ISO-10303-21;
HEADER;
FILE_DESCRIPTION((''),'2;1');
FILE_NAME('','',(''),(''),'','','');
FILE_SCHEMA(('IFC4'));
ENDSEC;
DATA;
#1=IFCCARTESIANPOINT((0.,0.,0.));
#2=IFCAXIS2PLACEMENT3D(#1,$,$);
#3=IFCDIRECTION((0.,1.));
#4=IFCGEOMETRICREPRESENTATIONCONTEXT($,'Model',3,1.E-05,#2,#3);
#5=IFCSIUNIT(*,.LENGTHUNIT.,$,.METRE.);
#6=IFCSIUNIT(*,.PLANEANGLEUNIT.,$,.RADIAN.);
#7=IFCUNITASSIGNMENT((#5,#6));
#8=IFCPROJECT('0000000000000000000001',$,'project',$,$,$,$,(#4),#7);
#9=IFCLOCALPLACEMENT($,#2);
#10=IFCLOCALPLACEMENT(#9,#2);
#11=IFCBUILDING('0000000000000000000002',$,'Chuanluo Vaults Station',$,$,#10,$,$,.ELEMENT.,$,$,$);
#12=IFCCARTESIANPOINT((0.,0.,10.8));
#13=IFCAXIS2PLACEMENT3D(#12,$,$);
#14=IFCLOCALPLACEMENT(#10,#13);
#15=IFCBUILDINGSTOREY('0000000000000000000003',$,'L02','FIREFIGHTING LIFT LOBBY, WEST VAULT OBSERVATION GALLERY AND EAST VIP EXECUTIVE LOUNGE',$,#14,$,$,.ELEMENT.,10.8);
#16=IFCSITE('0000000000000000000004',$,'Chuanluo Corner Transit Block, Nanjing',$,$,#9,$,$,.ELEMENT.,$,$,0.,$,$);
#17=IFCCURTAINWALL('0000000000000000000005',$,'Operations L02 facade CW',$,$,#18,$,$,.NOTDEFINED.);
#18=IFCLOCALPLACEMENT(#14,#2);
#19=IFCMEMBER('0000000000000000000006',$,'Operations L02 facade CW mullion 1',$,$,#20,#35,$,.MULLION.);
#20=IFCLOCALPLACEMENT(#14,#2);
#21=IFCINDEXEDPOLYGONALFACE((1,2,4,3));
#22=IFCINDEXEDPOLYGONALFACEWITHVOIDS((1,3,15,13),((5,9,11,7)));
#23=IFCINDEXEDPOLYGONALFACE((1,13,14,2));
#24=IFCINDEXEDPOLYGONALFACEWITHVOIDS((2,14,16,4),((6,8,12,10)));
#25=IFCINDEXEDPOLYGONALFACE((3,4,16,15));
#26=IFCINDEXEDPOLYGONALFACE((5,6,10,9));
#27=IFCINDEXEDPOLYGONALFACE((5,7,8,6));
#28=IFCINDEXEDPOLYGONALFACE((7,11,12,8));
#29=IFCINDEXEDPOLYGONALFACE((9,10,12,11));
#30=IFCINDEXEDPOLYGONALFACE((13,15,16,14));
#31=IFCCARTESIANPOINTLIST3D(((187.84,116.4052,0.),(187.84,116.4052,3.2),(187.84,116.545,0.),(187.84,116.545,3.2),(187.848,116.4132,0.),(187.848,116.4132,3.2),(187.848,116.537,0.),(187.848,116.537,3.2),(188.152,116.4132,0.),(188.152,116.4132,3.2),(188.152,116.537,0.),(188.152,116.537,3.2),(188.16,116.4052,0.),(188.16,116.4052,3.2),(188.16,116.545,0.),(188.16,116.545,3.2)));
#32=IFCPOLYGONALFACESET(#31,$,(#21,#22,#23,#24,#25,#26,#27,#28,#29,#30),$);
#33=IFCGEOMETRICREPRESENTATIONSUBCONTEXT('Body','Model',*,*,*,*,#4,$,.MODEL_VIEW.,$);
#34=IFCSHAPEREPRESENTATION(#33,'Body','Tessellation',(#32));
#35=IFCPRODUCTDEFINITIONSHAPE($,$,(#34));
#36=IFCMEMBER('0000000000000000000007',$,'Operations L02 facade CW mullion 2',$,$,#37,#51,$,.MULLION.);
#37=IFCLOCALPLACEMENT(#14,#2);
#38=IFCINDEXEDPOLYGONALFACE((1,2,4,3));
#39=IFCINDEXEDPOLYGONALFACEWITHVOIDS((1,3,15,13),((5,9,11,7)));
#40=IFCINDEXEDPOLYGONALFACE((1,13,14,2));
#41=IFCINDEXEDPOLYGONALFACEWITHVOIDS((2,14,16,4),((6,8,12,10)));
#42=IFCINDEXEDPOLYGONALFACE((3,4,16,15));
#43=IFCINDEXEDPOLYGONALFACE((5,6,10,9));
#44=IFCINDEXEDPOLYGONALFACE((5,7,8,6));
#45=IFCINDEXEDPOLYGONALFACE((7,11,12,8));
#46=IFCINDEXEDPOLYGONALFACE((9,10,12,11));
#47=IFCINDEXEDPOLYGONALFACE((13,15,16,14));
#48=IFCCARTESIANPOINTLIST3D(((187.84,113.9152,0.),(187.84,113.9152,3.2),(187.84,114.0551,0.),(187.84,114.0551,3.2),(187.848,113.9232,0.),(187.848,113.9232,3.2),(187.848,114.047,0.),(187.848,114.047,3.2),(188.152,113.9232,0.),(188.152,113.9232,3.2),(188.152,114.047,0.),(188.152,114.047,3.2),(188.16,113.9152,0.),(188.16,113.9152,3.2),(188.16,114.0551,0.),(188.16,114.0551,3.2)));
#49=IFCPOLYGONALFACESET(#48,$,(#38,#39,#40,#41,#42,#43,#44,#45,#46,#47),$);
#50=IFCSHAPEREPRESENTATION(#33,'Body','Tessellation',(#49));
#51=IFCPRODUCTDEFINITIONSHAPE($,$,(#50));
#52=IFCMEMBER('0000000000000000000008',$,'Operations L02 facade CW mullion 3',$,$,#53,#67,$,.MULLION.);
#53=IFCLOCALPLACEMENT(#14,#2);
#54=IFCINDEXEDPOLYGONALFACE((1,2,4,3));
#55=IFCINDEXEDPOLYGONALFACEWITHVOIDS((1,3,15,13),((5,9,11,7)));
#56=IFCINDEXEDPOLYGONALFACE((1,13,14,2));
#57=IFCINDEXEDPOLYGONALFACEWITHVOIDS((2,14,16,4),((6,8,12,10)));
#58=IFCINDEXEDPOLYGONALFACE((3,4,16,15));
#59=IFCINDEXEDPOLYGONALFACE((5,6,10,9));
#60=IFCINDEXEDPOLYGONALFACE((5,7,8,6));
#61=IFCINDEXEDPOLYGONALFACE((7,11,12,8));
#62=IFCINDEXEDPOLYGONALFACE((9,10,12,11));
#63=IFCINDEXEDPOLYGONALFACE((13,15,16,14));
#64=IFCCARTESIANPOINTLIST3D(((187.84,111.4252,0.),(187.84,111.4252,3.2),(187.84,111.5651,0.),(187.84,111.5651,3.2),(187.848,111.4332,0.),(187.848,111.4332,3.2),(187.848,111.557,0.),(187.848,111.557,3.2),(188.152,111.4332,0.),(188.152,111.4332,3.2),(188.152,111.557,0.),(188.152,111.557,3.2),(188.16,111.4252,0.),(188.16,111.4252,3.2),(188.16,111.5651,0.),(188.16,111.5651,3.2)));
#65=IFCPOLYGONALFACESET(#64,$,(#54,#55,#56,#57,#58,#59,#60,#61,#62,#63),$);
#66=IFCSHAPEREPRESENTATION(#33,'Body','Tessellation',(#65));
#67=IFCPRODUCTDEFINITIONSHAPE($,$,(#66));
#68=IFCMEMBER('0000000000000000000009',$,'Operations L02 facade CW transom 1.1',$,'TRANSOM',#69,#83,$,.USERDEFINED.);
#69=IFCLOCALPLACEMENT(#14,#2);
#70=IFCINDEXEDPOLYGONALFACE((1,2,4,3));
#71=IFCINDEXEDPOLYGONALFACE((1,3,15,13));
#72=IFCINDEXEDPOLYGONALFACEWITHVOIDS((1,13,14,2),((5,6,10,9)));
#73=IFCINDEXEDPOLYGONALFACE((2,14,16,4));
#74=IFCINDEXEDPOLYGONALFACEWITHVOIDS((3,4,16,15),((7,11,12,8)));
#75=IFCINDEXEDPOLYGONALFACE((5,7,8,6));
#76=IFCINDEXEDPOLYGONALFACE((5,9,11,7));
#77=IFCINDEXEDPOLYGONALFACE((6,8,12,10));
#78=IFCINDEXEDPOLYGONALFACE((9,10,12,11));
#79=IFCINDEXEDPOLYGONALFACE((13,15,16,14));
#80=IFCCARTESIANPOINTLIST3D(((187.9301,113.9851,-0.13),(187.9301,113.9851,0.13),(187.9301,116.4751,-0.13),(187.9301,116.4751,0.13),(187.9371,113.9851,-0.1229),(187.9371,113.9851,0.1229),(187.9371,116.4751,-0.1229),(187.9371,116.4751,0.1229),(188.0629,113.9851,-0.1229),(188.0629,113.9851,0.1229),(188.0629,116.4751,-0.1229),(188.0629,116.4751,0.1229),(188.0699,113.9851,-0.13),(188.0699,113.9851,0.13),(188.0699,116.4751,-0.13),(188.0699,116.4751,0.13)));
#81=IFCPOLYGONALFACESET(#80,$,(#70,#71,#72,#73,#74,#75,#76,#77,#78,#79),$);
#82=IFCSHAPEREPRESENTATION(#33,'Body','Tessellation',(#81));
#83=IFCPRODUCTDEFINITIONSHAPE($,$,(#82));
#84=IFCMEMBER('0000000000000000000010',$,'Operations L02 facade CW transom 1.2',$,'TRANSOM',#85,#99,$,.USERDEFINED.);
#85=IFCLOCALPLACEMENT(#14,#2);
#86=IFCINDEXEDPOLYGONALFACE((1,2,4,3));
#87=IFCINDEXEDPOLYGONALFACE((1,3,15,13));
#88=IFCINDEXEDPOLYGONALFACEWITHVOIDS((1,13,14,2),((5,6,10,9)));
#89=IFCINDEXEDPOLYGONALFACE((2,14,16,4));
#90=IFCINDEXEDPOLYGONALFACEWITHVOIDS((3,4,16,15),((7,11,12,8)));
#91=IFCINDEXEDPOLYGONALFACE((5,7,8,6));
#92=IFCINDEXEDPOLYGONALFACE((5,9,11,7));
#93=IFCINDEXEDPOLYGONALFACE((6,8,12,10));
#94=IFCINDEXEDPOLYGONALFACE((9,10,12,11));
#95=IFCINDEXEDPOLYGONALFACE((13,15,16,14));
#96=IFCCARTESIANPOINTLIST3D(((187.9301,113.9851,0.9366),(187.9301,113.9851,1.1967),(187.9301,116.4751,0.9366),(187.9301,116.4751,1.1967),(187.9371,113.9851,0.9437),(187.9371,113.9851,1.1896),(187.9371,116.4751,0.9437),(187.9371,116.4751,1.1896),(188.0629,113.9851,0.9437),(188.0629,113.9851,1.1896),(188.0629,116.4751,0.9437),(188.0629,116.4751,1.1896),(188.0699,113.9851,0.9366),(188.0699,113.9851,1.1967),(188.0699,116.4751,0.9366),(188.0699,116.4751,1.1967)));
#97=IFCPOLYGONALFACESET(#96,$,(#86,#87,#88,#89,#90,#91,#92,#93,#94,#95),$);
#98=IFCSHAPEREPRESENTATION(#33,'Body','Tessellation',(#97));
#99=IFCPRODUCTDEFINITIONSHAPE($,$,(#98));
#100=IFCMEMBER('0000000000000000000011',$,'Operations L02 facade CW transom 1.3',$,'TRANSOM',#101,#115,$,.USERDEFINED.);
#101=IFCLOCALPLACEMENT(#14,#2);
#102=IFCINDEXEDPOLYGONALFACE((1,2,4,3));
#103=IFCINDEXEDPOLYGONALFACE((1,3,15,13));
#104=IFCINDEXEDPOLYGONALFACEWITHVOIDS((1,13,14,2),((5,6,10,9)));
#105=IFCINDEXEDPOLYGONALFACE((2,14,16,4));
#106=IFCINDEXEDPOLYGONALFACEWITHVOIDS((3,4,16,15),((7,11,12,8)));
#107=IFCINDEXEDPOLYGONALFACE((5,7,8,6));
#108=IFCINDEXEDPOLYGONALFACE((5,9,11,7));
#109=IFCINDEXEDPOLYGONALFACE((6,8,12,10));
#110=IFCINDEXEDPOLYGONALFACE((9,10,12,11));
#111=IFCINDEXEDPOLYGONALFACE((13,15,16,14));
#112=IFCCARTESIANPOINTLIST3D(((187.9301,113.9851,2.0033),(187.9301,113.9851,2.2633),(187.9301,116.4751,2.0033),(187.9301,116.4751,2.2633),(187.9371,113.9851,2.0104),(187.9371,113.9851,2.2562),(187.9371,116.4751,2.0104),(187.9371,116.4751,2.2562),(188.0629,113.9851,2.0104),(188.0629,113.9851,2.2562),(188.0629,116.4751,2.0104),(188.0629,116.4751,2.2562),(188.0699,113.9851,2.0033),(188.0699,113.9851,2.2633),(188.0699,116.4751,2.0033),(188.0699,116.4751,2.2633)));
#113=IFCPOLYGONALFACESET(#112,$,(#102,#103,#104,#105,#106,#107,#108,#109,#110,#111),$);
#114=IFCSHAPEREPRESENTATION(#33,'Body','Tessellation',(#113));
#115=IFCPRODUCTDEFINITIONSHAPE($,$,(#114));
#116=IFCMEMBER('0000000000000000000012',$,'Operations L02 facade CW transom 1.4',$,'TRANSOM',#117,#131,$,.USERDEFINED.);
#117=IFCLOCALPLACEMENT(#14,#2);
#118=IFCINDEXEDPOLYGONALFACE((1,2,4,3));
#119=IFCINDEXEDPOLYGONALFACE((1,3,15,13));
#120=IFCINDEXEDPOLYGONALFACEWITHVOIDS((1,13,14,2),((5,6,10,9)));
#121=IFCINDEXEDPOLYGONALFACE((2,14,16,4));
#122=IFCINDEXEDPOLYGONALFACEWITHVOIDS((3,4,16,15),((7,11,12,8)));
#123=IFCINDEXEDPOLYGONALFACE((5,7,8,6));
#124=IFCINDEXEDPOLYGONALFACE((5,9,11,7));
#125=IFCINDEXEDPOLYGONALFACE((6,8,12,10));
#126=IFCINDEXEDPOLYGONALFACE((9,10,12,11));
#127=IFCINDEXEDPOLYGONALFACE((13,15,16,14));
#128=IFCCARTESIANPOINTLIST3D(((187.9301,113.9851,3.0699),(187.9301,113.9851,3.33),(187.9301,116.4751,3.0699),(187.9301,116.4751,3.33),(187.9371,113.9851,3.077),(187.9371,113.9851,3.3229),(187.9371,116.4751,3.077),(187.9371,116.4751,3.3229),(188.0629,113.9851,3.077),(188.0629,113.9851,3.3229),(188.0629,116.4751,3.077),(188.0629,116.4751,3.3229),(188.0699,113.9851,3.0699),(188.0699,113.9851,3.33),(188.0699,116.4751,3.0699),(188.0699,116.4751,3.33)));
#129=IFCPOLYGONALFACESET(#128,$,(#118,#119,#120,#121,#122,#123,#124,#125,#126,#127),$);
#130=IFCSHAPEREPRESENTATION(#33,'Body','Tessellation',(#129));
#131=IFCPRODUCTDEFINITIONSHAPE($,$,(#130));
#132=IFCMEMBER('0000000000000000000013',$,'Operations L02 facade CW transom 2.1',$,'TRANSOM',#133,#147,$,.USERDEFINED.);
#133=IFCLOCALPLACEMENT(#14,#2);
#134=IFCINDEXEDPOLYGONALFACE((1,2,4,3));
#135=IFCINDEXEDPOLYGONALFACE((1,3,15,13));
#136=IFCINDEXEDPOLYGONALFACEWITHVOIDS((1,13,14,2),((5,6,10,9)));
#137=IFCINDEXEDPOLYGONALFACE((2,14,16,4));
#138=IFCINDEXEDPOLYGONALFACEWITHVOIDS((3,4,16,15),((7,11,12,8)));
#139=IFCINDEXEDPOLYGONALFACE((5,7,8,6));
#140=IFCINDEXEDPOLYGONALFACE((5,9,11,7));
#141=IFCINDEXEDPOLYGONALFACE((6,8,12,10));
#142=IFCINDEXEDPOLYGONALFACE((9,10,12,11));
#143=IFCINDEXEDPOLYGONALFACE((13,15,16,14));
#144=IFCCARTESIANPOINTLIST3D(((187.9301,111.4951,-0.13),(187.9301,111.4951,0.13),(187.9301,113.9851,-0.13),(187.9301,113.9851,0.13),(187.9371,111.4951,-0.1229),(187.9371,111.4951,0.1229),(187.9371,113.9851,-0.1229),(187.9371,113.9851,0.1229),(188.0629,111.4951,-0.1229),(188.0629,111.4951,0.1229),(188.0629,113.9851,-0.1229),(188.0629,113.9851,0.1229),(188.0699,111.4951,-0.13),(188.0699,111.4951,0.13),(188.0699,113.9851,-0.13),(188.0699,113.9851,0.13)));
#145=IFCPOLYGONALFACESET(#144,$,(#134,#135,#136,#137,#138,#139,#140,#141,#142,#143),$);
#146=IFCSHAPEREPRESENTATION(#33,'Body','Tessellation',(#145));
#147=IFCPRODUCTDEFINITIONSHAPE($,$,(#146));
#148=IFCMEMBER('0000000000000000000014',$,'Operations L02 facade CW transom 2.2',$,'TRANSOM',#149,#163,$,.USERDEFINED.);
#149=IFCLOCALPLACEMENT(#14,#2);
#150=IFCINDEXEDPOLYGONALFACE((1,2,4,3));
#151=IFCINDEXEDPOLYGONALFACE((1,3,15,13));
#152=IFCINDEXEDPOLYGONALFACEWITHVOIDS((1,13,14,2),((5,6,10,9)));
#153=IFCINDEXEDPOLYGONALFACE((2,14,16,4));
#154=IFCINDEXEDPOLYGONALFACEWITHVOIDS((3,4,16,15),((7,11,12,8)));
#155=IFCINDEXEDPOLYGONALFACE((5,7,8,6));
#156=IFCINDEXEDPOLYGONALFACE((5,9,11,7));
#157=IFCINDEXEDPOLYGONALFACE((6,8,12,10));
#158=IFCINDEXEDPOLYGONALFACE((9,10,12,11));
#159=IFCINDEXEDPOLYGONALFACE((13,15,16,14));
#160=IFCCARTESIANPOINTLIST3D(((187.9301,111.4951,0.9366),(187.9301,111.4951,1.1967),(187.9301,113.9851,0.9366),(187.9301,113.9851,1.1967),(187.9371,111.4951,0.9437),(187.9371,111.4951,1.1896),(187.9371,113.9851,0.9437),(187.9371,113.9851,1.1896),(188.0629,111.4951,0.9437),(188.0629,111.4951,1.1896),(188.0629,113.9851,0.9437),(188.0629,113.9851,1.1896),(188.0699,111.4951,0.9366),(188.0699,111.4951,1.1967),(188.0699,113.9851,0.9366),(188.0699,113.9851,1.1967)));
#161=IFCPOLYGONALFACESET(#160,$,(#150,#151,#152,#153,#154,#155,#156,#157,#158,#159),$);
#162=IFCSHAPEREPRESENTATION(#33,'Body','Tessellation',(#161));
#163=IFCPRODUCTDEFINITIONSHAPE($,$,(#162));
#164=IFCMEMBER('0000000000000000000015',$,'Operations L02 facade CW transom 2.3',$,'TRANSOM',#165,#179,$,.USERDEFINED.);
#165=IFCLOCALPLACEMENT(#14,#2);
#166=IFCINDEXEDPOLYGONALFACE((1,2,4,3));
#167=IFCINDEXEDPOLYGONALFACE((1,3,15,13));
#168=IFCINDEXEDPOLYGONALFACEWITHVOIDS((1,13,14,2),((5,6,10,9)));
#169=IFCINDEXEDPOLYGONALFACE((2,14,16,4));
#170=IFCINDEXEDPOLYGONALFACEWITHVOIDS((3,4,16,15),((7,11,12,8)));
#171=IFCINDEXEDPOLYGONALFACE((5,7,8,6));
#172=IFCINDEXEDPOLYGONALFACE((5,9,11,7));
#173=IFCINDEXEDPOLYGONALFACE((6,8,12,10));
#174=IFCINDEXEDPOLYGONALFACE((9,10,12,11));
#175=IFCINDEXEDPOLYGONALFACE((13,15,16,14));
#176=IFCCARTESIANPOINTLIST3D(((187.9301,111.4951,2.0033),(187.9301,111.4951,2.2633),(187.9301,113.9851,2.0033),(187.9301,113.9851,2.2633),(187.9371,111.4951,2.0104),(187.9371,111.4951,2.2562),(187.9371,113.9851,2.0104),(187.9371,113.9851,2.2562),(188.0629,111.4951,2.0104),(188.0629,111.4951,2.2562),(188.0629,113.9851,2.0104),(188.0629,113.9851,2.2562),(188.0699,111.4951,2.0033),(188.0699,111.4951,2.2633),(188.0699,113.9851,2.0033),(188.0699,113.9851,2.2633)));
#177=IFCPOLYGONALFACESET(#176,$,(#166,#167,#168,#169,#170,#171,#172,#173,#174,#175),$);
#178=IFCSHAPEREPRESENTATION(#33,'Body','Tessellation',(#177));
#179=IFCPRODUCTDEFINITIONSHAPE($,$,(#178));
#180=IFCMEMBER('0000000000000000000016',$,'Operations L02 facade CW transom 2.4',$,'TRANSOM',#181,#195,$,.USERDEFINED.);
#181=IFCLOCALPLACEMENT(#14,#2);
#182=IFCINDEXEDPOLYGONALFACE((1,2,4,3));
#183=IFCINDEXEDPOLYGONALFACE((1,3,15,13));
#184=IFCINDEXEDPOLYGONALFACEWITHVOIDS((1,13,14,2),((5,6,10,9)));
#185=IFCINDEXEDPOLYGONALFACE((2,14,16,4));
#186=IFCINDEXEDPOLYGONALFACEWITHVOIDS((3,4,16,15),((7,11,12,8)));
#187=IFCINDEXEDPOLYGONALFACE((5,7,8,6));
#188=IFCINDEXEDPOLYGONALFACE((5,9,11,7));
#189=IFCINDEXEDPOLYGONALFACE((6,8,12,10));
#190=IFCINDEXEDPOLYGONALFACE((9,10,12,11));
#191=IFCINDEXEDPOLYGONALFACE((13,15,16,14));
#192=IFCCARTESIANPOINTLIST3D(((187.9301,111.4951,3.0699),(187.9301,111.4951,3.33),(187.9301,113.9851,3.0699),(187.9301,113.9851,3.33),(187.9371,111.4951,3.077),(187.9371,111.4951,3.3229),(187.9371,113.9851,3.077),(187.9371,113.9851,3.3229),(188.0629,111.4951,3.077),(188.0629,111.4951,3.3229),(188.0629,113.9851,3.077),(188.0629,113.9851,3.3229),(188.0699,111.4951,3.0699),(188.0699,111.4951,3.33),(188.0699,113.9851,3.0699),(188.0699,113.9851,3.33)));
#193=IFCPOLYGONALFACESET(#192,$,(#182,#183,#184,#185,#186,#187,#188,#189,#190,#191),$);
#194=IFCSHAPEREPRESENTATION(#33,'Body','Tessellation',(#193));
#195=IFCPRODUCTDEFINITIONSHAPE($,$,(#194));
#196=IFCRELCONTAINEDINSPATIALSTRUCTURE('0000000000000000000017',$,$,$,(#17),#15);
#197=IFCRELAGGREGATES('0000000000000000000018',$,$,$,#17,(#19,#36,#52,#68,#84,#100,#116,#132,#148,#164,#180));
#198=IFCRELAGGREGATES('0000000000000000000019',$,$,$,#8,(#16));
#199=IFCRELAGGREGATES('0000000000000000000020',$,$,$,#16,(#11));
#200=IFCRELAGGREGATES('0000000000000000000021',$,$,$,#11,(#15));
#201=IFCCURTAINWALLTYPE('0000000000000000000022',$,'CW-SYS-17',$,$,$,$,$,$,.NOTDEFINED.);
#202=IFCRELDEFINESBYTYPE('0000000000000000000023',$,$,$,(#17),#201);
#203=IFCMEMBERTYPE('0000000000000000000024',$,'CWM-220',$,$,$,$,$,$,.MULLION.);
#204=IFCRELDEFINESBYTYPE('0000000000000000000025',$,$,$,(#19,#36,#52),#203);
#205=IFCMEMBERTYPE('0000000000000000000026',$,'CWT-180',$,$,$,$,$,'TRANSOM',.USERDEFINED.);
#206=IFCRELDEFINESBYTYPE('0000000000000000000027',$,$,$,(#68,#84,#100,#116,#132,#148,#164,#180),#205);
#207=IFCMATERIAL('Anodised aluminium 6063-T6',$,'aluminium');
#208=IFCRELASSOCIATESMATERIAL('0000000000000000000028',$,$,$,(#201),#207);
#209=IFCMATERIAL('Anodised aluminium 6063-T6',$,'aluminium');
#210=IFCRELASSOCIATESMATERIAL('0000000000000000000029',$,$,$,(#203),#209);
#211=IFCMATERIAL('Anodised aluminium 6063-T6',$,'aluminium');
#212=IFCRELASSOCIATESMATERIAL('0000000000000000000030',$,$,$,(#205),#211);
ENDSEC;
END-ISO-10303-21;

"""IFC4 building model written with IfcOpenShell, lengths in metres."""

from ifc_helpers import new_model, si_unit, direction, frame, origin, origin_2d, place, context, subcontext, project, spatial, hollow_rectangle, extrude, material, material_profile, profile_set, type_object, element, aggregate, save


model = new_model("IFC4")

# Units and contexts
model_context = context("Model", 3, precision=1e-05, world=origin(), true_north=direction((0.0, 1.0)))
body_context = subcontext(model_context, "Body", "Model", "MODEL_VIEW")
ifc_project = project(units=[si_unit("LENGTHUNIT", "METRE"), si_unit("PLANEANGLEUNIT", "RADIAN")], contexts=[model_context])

# Site, building, storey
site_placement = place(None, origin())
site = spatial("IfcSite", under=ifc_project, at=site_placement, Name="Chuanluo Corner Transit Block, Nanjing", CompositionType="ELEMENT", RefElevation=0.0)
building_placement = place(site_placement, origin())
building = spatial("IfcBuilding", under=site, at=building_placement, Name="Chuanluo Vaults Station", CompositionType="ELEMENT")
storey_placement = place(building_placement, frame((0.0, 0.0, 10.8)))
storey = spatial("IfcBuildingStorey", under=building, at=storey_placement, Name="L02", Description="FIREFIGHTING LIFT LOBBY, WEST VAULT OBSERVATION GALLERY AND EAST VIP EXECUTIVE LOUNGE", CompositionType="ELEMENT", Elevation=10.8)

# Curtain wall, members
ifc_material_1 = material(Name="Anodised aluminium 6063-T6", Category="aluminium")
curtain_wall_type = type_object("IfcCurtainWallType", Name="CW-SYS-17", PredefinedType="NOTDEFINED", material=ifc_material_1)
curtain_wall_placement = place(storey_placement, origin())
curtain_wall = element("IfcCurtainWall", 1, at=curtain_wall_placement, inside=storey, type_object=curtain_wall_type, Name="Operations L02 facade CW", PredefinedType="NOTDEFINED")
ifc_material_2 = material(Name="Anodised aluminium 6063-T6", Category="aluminium")
ifc_material_profile_1 = material_profile(ifc_material_2, hollow_rectangle(XDim=0.1399, YDim=0.3201, WallThickness=0.0081, at=origin_2d()))
ifc_profile_set_1 = profile_set([ifc_material_profile_1], Name="Anodised aluminium 6063-T6")
member_type_1 = type_object("IfcMemberType", Name="CWM-220", PredefinedType="MULLION", material=ifc_profile_set_1)
member_1_placement = place(storey_placement, frame((188.0, 116.4751, 0.0), z_axis=(0.0, 0.0, 1.0), x_axis=(0.0, -1.0, 0.0)))
member_1 = element("IfcMember", 2, at=member_1_placement, type_object=member_type_1, Name="Operations L02 facade CW mullion 1", PredefinedType="MULLION", context=body_context, shape_type="SweptSolid", body=[
    extrude(hollow_rectangle(XDim=0.1399, YDim=0.3201, WallThickness=0.0081, at=origin_2d()), origin(), (0.0, 0.0, 1.0), 3.2),
])
member_2_placement = place(storey_placement, frame((188.0, 113.9851, 0.0), z_axis=(0.0, 0.0, 1.0), x_axis=(0.0, -1.0, 0.0)))
member_2 = element("IfcMember", 3, at=member_2_placement, type_object=member_type_1, Name="Operations L02 facade CW mullion 2", PredefinedType="MULLION", context=body_context, shape_type="SweptSolid", body=[
    extrude(hollow_rectangle(XDim=0.1399, YDim=0.3201, WallThickness=0.0081, at=origin_2d()), origin(), (0.0, 0.0, 1.0), 3.2),
])
member_3_placement = place(storey_placement, frame((188.0, 111.4951, 0.0), z_axis=(0.0, 0.0, 1.0), x_axis=(0.0, -1.0, 0.0)))
member_3 = element("IfcMember", 4, at=member_3_placement, type_object=member_type_1, Name="Operations L02 facade CW mullion 3", PredefinedType="MULLION", context=body_context, shape_type="SweptSolid", body=[
    extrude(hollow_rectangle(XDim=0.1399, YDim=0.3201, WallThickness=0.0081, at=origin_2d()), origin(), (0.0, 0.0, 1.0), 3.2),
])
ifc_material_3 = material(Name="Anodised aluminium 6063-T6", Category="aluminium")
ifc_material_profile_2 = material_profile(ifc_material_3, hollow_rectangle(XDim=0.1399, YDim=0.26, WallThickness=0.0071, at=origin_2d()))
ifc_profile_set_2 = profile_set([ifc_material_profile_2], Name="Anodised aluminium 6063-T6")
member_type_2 = type_object("IfcMemberType", Name="CWT-180", ElementType="TRANSOM", PredefinedType="USERDEFINED", material=ifc_profile_set_2)
member_4_placement = place(storey_placement, frame((188.0, 116.4751, 0.0), z_axis=(0.0, -1.0, 0.0), x_axis=(1.0, 0.0, 0.0)))
member_4 = element("IfcMember", 5, at=member_4_placement, type_object=member_type_2, Name="Operations L02 facade CW transom 1.1", ObjectType="TRANSOM", PredefinedType="USERDEFINED", context=body_context, shape_type="SweptSolid", body=[
    extrude(hollow_rectangle(XDim=0.1399, YDim=0.26, WallThickness=0.0071, at=origin_2d()), origin(), (0.0, 0.0, 1.0), 2.49),
])
member_5_placement = place(storey_placement, frame((188.0, 116.4751, 1.0667), z_axis=(0.0, -1.0, 0.0), x_axis=(1.0, 0.0, 0.0)))
member_5 = element("IfcMember", 6, at=member_5_placement, type_object=member_type_2, Name="Operations L02 facade CW transom 1.2", ObjectType="TRANSOM", PredefinedType="USERDEFINED", context=body_context, shape_type="SweptSolid", body=[
    extrude(hollow_rectangle(XDim=0.1399, YDim=0.26, WallThickness=0.0071, at=origin_2d()), origin(), (0.0, 0.0, 1.0), 2.49),
])
member_6_placement = place(storey_placement, frame((188.0, 116.4751, 2.1333), z_axis=(0.0, -1.0, 0.0), x_axis=(1.0, 0.0, 0.0)))
member_6 = element("IfcMember", 7, at=member_6_placement, type_object=member_type_2, Name="Operations L02 facade CW transom 1.3", ObjectType="TRANSOM", PredefinedType="USERDEFINED", context=body_context, shape_type="SweptSolid", body=[
    extrude(hollow_rectangle(XDim=0.1399, YDim=0.26, WallThickness=0.0071, at=origin_2d()), origin(), (0.0, 0.0, 1.0), 2.49),
])
member_7_placement = place(storey_placement, frame((188.0, 116.4751, 3.2), z_axis=(0.0, -1.0, 0.0), x_axis=(1.0, 0.0, 0.0)))
member_7 = element("IfcMember", 8, at=member_7_placement, type_object=member_type_2, Name="Operations L02 facade CW transom 1.4", ObjectType="TRANSOM", PredefinedType="USERDEFINED", context=body_context, shape_type="SweptSolid", body=[
    extrude(hollow_rectangle(XDim=0.1399, YDim=0.26, WallThickness=0.0071, at=origin_2d()), origin(), (0.0, 0.0, 1.0), 2.49),
])
member_8_placement = place(storey_placement, frame((188.0, 113.9851, 0.0), z_axis=(0.0, -1.0, 0.0), x_axis=(1.0, 0.0, 0.0)))
member_8 = element("IfcMember", 9, at=member_8_placement, type_object=member_type_2, Name="Operations L02 facade CW transom 2.1", ObjectType="TRANSOM", PredefinedType="USERDEFINED", context=body_context, shape_type="SweptSolid", body=[
    extrude(hollow_rectangle(XDim=0.1399, YDim=0.26, WallThickness=0.0071, at=origin_2d()), origin(), (0.0, 0.0, 1.0), 2.49),
])
member_9_placement = place(storey_placement, frame((188.0, 113.9851, 1.0667), z_axis=(0.0, -1.0, 0.0), x_axis=(1.0, 0.0, 0.0)))
member_9 = element("IfcMember", 10, at=member_9_placement, type_object=member_type_2, Name="Operations L02 facade CW transom 2.2", ObjectType="TRANSOM", PredefinedType="USERDEFINED", context=body_context, shape_type="SweptSolid", body=[
    extrude(hollow_rectangle(XDim=0.1399, YDim=0.26, WallThickness=0.0071, at=origin_2d()), origin(), (0.0, 0.0, 1.0), 2.49),
])
member_10_placement = place(storey_placement, frame((188.0, 113.9851, 2.1333), z_axis=(0.0, -1.0, 0.0), x_axis=(1.0, 0.0, 0.0)))
member_10 = element("IfcMember", 11, at=member_10_placement, type_object=member_type_2, Name="Operations L02 facade CW transom 2.3", ObjectType="TRANSOM", PredefinedType="USERDEFINED", context=body_context, shape_type="SweptSolid", body=[
    extrude(hollow_rectangle(XDim=0.1399, YDim=0.26, WallThickness=0.0071, at=origin_2d()), origin(), (0.0, 0.0, 1.0), 2.49),
])
member_11_placement = place(storey_placement, frame((188.0, 113.9851, 3.2), z_axis=(0.0, -1.0, 0.0), x_axis=(1.0, 0.0, 0.0)))
member_11 = element("IfcMember", 12, at=member_11_placement, type_object=member_type_2, Name="Operations L02 facade CW transom 2.4", ObjectType="TRANSOM", PredefinedType="USERDEFINED", context=body_context, shape_type="SweptSolid", body=[
    extrude(hollow_rectangle(XDim=0.1399, YDim=0.26, WallThickness=0.0071, at=origin_2d()), origin(), (0.0, 0.0, 1.0), 2.49),
])
aggregate(curtain_wall, [member_1, member_2, member_3, member_4, member_5, member_6, member_7, member_8, member_9, member_10, member_11])

save(model, "model.ifc")
